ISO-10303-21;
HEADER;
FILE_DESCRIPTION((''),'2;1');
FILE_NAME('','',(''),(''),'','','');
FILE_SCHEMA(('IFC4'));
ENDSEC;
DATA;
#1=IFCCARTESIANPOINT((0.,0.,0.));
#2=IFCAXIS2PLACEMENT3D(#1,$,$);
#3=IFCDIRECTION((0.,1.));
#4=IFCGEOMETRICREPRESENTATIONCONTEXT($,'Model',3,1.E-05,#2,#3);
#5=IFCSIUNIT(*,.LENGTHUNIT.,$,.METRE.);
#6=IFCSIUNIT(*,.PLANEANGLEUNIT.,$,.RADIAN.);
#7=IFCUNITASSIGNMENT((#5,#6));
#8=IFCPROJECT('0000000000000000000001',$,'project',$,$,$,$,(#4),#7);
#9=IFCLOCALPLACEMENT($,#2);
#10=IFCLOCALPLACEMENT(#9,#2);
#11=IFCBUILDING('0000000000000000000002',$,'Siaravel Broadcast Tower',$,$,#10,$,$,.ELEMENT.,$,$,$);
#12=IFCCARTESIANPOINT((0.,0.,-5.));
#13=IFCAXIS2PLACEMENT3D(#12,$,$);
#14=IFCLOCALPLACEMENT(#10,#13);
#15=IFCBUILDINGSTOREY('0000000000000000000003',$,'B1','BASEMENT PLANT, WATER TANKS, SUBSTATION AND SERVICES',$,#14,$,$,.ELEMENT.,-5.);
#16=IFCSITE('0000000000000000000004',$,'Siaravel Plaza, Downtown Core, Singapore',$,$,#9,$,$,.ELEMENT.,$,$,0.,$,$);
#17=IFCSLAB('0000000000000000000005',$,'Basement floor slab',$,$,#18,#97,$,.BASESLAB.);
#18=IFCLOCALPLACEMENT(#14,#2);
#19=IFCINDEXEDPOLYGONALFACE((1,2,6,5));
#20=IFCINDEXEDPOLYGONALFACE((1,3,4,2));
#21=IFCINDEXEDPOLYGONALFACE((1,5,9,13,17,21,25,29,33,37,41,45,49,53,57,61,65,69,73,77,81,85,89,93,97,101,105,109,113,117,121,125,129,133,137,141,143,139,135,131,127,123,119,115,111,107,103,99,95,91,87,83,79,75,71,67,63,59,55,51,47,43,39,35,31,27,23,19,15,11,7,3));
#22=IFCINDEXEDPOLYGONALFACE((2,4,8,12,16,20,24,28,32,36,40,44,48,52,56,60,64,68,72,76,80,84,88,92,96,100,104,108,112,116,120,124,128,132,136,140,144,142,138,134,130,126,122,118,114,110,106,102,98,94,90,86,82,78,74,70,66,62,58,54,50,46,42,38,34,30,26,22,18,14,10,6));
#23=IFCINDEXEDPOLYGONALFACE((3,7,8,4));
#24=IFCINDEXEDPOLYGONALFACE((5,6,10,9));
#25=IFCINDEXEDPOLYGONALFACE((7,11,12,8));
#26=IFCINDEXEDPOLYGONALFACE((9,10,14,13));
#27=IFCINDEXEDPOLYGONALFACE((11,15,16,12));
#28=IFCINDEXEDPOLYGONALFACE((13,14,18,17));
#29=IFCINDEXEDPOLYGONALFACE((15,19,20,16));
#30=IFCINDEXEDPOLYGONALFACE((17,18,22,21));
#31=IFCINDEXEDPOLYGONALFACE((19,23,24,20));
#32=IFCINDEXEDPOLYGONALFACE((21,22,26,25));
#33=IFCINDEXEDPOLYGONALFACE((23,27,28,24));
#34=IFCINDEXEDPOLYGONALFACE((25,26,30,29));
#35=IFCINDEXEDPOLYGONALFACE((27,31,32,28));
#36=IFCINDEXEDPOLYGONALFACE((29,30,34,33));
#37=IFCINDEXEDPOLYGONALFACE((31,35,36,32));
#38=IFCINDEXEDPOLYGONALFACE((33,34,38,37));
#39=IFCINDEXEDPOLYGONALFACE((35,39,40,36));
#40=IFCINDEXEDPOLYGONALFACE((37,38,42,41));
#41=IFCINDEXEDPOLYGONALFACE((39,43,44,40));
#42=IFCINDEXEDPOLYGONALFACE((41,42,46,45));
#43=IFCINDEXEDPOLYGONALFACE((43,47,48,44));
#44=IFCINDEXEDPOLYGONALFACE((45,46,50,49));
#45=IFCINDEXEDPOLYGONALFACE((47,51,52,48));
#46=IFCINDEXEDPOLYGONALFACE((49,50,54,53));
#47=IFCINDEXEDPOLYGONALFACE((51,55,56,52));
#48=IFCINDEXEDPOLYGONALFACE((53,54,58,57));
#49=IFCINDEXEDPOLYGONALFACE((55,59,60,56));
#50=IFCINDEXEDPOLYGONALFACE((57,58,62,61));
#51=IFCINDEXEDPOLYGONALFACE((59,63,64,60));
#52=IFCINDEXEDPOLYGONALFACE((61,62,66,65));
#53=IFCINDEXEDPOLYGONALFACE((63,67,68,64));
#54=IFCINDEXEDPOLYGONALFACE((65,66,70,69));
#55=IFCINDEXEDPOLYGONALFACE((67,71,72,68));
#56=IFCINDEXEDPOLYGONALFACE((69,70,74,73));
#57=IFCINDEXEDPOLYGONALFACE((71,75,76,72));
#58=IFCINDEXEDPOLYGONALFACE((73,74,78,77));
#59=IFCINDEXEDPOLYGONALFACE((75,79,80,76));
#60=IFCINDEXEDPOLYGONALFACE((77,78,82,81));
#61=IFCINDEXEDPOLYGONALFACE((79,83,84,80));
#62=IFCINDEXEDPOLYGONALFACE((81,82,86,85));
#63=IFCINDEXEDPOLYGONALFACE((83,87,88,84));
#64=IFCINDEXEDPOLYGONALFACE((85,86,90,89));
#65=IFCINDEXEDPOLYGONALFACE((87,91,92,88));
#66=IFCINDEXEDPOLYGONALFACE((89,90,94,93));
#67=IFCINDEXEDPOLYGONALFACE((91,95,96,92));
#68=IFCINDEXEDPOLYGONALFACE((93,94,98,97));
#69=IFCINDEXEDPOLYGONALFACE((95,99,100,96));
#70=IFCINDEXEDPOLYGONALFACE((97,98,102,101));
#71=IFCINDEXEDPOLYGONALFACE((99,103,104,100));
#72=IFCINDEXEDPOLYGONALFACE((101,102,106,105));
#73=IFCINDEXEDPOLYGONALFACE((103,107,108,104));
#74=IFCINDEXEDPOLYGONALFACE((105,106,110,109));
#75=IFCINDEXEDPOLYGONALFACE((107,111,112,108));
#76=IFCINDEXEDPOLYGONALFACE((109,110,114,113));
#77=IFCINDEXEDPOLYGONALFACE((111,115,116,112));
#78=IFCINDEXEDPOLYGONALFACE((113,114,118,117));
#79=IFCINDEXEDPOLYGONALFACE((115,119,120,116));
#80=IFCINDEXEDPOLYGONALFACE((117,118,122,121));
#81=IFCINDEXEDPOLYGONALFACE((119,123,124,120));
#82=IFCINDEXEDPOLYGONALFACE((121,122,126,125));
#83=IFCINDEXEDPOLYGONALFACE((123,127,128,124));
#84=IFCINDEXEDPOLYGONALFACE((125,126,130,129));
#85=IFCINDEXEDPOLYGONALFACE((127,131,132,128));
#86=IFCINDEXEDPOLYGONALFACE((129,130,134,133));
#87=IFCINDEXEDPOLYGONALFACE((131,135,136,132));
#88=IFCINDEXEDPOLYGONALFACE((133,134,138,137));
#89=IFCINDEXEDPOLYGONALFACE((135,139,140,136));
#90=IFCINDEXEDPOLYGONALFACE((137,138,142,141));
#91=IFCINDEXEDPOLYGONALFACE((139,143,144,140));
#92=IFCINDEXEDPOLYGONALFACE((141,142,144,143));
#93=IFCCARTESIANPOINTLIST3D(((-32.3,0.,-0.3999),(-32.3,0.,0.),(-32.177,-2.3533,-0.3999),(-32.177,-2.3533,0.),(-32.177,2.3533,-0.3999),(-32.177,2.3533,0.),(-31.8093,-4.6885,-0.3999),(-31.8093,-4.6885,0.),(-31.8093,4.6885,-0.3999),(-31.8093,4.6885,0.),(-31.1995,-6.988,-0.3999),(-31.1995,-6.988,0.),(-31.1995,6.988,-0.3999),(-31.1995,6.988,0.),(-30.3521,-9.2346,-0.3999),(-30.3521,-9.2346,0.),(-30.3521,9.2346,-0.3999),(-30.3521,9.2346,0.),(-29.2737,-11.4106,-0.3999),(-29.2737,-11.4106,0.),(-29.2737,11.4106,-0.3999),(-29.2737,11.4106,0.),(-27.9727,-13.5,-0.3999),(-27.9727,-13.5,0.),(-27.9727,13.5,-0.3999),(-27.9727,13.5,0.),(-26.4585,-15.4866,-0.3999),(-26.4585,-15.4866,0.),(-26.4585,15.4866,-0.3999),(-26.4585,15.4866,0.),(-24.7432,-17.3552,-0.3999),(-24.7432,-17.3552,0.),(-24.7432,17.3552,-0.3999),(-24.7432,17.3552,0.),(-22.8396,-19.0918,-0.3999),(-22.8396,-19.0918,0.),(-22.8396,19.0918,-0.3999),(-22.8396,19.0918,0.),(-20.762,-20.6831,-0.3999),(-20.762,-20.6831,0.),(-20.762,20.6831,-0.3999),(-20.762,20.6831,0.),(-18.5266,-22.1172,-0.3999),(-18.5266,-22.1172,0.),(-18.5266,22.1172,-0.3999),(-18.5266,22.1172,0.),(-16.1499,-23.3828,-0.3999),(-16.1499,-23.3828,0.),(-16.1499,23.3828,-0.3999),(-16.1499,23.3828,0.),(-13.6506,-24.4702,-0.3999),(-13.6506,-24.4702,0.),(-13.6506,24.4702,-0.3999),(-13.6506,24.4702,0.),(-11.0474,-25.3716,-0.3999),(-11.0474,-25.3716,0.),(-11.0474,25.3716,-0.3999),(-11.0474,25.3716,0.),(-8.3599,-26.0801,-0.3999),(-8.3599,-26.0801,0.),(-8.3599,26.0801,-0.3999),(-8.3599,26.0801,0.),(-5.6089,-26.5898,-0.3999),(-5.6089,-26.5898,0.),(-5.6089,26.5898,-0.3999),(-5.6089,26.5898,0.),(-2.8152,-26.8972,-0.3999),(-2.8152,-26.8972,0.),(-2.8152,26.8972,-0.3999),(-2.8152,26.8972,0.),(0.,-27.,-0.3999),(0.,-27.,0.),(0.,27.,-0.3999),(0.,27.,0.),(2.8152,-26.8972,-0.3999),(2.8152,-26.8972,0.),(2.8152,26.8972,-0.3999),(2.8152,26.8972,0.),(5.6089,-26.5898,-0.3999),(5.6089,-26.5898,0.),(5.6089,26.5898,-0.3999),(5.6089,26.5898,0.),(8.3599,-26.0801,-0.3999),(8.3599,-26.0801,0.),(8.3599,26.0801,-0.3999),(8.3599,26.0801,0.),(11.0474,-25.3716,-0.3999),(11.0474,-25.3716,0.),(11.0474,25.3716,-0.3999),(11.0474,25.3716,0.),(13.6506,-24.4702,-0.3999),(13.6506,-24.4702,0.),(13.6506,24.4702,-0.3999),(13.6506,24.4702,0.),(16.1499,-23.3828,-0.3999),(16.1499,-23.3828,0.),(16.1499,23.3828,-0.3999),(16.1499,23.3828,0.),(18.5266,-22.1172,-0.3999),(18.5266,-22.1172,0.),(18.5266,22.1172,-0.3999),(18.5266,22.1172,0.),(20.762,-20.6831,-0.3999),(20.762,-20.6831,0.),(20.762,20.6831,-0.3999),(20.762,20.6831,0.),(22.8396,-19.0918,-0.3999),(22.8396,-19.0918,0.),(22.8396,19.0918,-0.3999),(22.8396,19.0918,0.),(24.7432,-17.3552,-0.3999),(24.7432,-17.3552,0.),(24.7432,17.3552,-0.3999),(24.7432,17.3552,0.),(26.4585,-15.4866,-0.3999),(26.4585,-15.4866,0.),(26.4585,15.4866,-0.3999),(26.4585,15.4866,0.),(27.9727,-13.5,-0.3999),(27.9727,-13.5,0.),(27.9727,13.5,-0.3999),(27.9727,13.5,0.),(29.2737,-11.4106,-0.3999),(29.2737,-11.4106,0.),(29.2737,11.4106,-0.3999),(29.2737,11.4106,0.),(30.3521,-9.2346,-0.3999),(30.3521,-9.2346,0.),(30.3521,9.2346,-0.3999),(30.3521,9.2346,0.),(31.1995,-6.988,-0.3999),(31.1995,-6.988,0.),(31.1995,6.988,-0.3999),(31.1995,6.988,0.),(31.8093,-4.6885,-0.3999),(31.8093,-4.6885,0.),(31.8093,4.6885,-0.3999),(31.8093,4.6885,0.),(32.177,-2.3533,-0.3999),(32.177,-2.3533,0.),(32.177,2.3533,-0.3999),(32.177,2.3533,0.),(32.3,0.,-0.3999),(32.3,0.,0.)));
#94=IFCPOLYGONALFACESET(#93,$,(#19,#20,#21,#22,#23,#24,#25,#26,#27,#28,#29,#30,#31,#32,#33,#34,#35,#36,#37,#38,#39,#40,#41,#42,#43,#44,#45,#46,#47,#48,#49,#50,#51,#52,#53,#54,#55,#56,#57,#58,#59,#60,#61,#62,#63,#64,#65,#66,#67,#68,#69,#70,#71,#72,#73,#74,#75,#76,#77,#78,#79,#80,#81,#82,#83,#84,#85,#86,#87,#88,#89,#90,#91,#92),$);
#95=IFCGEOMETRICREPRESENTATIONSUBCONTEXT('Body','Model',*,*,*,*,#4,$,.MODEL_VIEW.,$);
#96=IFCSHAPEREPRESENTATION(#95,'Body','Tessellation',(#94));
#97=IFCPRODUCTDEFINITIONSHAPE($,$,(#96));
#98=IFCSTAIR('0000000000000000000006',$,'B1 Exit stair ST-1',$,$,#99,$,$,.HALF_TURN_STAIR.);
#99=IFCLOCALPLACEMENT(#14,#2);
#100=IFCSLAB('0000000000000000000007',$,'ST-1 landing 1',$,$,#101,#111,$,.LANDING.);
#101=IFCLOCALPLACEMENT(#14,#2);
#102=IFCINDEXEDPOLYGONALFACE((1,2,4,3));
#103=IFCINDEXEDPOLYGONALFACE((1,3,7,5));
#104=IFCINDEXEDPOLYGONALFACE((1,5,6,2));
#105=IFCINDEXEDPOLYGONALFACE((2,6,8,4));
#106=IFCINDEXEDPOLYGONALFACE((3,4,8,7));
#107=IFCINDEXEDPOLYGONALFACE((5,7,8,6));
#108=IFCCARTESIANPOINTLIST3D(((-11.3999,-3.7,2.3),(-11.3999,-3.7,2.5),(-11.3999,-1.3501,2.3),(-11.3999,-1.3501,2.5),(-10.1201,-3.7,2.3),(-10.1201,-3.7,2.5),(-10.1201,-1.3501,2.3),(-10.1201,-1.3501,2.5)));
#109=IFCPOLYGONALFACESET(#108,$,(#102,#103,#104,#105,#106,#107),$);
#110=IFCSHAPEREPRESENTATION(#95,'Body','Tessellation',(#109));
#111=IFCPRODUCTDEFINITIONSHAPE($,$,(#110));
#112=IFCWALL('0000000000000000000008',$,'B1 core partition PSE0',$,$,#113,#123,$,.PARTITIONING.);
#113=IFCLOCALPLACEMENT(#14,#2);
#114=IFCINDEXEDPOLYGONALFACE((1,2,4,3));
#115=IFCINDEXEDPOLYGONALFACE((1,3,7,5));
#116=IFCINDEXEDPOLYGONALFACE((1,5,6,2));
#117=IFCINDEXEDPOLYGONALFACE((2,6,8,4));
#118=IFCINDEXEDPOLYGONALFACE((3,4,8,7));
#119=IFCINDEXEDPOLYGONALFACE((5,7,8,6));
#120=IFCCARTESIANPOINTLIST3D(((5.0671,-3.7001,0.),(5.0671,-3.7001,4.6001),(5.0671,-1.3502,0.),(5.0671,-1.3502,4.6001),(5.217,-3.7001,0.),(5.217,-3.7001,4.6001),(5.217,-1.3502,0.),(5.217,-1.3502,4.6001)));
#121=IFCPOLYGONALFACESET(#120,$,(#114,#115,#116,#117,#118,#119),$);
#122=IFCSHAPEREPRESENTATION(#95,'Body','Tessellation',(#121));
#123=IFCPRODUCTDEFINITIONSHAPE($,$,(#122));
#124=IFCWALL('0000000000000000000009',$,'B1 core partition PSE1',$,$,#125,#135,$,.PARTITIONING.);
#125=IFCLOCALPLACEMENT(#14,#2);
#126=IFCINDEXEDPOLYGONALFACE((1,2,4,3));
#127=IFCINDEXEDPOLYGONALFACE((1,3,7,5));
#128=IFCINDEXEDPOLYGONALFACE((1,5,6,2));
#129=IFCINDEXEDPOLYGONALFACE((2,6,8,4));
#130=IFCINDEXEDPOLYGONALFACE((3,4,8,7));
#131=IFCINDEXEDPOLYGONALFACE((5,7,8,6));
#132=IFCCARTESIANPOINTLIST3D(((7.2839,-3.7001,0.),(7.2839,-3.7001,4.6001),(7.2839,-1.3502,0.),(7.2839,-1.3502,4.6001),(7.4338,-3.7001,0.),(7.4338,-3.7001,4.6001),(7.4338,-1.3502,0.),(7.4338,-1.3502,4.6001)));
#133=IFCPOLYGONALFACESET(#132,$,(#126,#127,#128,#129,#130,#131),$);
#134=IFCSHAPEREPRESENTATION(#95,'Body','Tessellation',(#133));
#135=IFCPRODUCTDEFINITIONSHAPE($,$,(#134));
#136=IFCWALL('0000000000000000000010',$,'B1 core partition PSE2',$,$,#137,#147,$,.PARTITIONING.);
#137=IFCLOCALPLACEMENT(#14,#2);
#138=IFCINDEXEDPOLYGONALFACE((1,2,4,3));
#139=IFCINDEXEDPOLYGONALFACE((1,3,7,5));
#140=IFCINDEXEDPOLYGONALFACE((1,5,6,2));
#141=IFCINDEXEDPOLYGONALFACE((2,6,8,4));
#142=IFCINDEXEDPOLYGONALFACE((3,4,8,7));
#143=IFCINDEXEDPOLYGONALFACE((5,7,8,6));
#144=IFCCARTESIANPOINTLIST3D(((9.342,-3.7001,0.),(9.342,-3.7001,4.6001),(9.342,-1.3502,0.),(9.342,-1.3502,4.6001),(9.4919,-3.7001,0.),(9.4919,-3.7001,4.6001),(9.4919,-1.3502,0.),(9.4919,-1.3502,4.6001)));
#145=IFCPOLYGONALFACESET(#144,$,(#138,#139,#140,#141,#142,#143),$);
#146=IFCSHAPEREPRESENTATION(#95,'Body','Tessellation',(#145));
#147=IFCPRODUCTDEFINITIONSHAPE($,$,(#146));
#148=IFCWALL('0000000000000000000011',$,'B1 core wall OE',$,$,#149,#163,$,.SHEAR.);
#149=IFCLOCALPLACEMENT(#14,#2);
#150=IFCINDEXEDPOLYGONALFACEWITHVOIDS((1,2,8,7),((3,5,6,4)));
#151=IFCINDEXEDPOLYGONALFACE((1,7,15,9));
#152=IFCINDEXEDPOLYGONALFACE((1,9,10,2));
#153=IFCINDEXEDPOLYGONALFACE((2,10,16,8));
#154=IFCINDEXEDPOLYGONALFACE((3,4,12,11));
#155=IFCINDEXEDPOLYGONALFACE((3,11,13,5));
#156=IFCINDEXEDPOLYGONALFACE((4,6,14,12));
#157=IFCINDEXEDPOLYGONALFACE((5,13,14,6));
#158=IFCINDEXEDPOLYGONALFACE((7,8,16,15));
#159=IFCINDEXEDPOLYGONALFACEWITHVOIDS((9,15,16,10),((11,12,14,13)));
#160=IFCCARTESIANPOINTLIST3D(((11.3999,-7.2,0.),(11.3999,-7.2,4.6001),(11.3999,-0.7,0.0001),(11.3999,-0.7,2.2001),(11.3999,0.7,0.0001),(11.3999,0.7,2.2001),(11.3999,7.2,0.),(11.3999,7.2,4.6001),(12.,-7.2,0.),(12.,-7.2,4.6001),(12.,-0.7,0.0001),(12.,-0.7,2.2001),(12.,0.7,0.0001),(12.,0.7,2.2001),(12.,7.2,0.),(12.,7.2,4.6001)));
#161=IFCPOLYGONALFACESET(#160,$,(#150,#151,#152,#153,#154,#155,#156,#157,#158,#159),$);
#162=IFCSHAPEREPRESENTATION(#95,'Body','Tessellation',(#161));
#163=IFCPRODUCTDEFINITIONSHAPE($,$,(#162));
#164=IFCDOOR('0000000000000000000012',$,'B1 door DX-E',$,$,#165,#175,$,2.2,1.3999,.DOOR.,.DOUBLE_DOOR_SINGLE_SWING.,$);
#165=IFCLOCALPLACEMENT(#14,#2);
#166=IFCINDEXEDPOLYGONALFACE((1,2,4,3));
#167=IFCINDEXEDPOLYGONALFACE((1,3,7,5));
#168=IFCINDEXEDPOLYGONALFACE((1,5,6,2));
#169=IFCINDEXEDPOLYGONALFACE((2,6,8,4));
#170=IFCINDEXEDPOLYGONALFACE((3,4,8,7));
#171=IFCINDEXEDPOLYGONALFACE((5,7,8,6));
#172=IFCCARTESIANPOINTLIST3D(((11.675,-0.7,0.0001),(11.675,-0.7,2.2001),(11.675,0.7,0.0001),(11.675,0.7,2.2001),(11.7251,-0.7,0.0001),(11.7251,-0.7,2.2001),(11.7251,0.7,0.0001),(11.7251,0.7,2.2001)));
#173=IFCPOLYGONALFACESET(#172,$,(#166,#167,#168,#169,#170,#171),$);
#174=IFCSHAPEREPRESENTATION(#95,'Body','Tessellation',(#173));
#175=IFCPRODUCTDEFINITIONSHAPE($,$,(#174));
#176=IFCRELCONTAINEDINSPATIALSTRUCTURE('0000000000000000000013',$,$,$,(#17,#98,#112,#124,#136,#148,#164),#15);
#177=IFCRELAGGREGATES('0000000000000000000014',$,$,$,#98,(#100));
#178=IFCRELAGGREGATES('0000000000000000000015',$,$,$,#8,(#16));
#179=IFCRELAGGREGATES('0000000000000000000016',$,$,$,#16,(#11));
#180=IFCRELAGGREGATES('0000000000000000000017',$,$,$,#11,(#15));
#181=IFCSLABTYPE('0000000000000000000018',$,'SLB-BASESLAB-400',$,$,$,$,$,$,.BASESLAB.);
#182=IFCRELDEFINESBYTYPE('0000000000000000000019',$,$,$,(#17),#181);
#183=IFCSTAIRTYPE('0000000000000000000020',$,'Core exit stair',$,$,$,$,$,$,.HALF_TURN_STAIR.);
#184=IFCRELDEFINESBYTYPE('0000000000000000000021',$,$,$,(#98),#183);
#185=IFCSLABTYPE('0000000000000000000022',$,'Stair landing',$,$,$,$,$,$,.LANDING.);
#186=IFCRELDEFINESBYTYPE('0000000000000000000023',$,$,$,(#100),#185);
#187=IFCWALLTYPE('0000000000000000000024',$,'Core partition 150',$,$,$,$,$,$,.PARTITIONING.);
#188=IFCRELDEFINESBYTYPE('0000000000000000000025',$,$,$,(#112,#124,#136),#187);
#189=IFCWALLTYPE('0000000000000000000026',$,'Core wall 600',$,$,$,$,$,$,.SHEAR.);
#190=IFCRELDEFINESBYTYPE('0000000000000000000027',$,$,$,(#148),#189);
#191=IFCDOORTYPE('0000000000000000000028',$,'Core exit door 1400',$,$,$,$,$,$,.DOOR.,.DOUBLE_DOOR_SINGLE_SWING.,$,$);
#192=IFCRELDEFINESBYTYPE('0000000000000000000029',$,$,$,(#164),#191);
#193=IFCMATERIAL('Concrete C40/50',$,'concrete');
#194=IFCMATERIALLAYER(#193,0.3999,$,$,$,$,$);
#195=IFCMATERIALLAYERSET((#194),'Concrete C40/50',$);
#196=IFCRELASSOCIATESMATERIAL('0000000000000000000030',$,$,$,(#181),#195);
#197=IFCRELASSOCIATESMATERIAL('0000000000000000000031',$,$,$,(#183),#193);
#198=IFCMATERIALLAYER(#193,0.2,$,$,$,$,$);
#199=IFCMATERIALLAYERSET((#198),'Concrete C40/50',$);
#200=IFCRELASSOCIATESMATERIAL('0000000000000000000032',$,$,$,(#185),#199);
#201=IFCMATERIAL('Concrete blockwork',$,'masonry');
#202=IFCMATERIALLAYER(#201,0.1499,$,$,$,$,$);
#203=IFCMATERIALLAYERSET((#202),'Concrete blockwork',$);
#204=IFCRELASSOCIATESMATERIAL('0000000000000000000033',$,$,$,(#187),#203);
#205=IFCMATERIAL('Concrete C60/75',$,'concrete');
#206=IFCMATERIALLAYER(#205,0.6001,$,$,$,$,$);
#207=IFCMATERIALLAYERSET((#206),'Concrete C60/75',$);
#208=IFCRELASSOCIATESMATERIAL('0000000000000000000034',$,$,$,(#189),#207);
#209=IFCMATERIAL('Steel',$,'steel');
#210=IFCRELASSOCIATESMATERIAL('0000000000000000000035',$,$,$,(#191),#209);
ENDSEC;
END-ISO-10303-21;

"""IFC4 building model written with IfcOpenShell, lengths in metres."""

from ifc_helpers import new_model, si_unit, direction, frame, frame_2d, origin, place, context, subcontext, project, spatial, polyline, rectangle, outline, extrude, material, layer, layer_set, type_object, element, fill, aggregate, save


model = new_model("IFC4")

# Units and contexts
model_context = context("Model", 3, precision=1e-05, world=origin(), true_north=direction((0.0, 1.0)))
body_context = subcontext(model_context, "Body", "Model", "MODEL_VIEW")
ifc_project = project(units=[si_unit("LENGTHUNIT", "METRE"), si_unit("PLANEANGLEUNIT", "RADIAN")], contexts=[model_context])

# Site, building, storey
site_placement = place(None, origin())
site = spatial("IfcSite", under=ifc_project, at=site_placement, Name="Siaravel Plaza, Downtown Core, Singapore", CompositionType="ELEMENT", RefElevation=0.0)
building_placement = place(site_placement, origin())
building = spatial("IfcBuilding", under=site, at=building_placement, Name="Siaravel Broadcast Tower", CompositionType="ELEMENT")
storey_placement = place(building_placement, frame((0.0, 0.0, -5.0)))
storey = spatial("IfcBuildingStorey", under=building, at=storey_placement, Name="B1", Description="BASEMENT PLANT, WATER TANKS, SUBSTATION AND SERVICES", CompositionType="ELEMENT", Elevation=-5.0)

# Shared definitions
ifc_material_1 = material(Name="Concrete C40/50", Category="concrete")

# Slab
ifc_layer_1 = layer(ifc_material_1, 0.3999)
ifc_layer_set_1 = layer_set([ifc_layer_1], Name="Concrete C40/50")
slab_type_1 = type_object("IfcSlabType", Name="SLB-BASESLAB-400", PredefinedType="BASESLAB", material=ifc_layer_set_1)
slab_1_placement = place(storey_placement, frame((0.0, 0.0, -0.3999)))
element("IfcSlab", 1, at=slab_1_placement, inside=storey, type_object=slab_type_1, Name="Basement floor slab", PredefinedType="BASESLAB", context=body_context, shape_type="SweptSolid", body=[
    extrude(outline(polyline([(32.3, 0.0), (32.177, 2.3533), (31.8093, 4.6885), (31.1995, 6.988), (30.3521, 9.2346), (29.2737, 11.4106), (27.9727, 13.5), (26.4585, 15.4866), (24.7432, 17.3552), (22.8396, 19.0918), (20.762, 20.6831), (18.5266, 22.1172), (16.1499, 23.3828), (13.6506, 24.4702), (11.0474, 25.3716), (8.3599, 26.0801), (5.6089, 26.5898), (2.8152, 26.8972), (0.0, 27.0), (-2.8152, 26.8972), (-5.6089, 26.5898), (-8.3599, 26.0801), (-11.0474, 25.3716), (-13.6506, 24.4702), (-16.1499, 23.3828), (-18.5266, 22.1172), (-20.762, 20.6831), (-22.8396, 19.0918), (-24.7432, 17.3552), (-26.4585, 15.4866), (-27.9727, 13.5), (-29.2737, 11.4106), (-30.3521, 9.2346), (-31.1995, 6.988), (-31.8093, 4.6885), (-32.177, 2.3533), (-32.3, 0.0), (-32.177, -2.3533), (-31.8093, -4.6885), (-31.1995, -6.988), (-30.3521, -9.2346), (-29.2737, -11.4106), (-27.9727, -13.5), (-26.4585, -15.4866), (-24.7432, -17.3552), (-22.8396, -19.0918), (-20.762, -20.6831), (-18.5266, -22.1172), (-16.1499, -23.3828), (-13.6506, -24.4702), (-11.0474, -25.3716), (-8.3599, -26.0801), (-5.6089, -26.5898), (-2.8152, -26.8972), (0.0, -27.0), (2.8152, -26.8972), (5.6089, -26.5898), (8.3599, -26.0801), (11.0474, -25.3716), (13.6506, -24.4702), (16.1499, -23.3828), (18.5266, -22.1172), (20.762, -20.6831), (22.8396, -19.0918), (24.7432, -17.3552), (26.4585, -15.4866), (27.9727, -13.5), (29.2737, -11.4106), (30.3521, -9.2346), (31.1995, -6.988), (31.8093, -4.6885), (32.177, -2.3533), (32.3, 0.0)])), origin(), (0.0, 0.0, 1.0), 0.3999),
])

# Stair, slab
stair_type = type_object("IfcStairType", Name="Core exit stair", PredefinedType="HALF_TURN_STAIR", material=ifc_material_1)
stair_placement = place(storey_placement, origin())
stair = element("IfcStair", 2, at=stair_placement, inside=storey, type_object=stair_type, Name="B1 Exit stair ST-1", PredefinedType="HALF_TURN_STAIR")
ifc_layer_2 = layer(ifc_material_1, 0.2)
ifc_layer_set_2 = layer_set([ifc_layer_2], Name="Concrete C40/50")
slab_type_2 = type_object("IfcSlabType", Name="Stair landing", PredefinedType="LANDING", material=ifc_layer_set_2)
slab_2_placement = place(storey_placement, frame((0.0, 0.0, 2.3)))
slab_2 = element("IfcSlab", 3, at=slab_2_placement, type_object=slab_type_2, Name="ST-1 landing 1", PredefinedType="LANDING", context=body_context, shape_type="SweptSolid", body=[
    extrude(outline(polyline([(-10.1201, -1.3501), (-11.3999, -1.3501), (-11.3999, -3.7), (-10.1201, -3.7), (-10.1201, -1.3501)])), origin(), (0.0, 0.0, 1.0), 0.2),
])
aggregate(stair, [slab_2])

# Walls
ifc_material_2 = material(Name="Concrete blockwork", Category="masonry")
ifc_layer_3 = layer(ifc_material_2, 0.1499)
ifc_layer_set_3 = layer_set([ifc_layer_3], Name="Concrete blockwork")
wall_type_1 = type_object("IfcWallType", Name="Core partition 150", PredefinedType="PARTITIONING", material=ifc_layer_set_3)
for number, where, z_axis, x_axis, name in (
    (4, (5.1421, -3.7, 0.0), (0.0, 0.0, 1.0), (0.0, 1.0, 0.0), "B1 core partition PSE0"),
    (5, (7.3589, -3.7, 0.0), (0.0, 0.0, 1.0), (0.0, 1.0, 0.0), "B1 core partition PSE1"),
    (6, (9.417, -3.7, 0.0), (0.0, 0.0, 1.0), (0.0, 1.0, 0.0), "B1 core partition PSE2"),
):
    element("IfcWall", number, at=place(storey_placement, frame(where, z_axis=z_axis, x_axis=x_axis)), inside=storey, type_object=wall_type_1, Name=name, PredefinedType="PARTITIONING", context=body_context, shape_type="SweptSolid", body=[
        extrude(rectangle(XDim=2.3499, YDim=0.1499, at=frame_2d((1.1748, 0.0))), origin(), (0.0, 0.0, 1.0), 4.6001),
    ])

# Wall, opening, door
ifc_material_3 = material(Name="Concrete C60/75", Category="concrete")
ifc_layer_4 = layer(ifc_material_3, 0.6001)
ifc_layer_set_4 = layer_set([ifc_layer_4], Name="Concrete C60/75")
wall_type_2 = type_object("IfcWallType", Name="Core wall 600", PredefinedType="SHEAR", material=ifc_layer_set_4)
wall_1_placement = place(storey_placement, frame((11.7, -7.2, 0.0), z_axis=(0.0, 0.0, 1.0), x_axis=(0.0, 1.0, 0.0)))
wall_1 = element("IfcWall", 7, at=wall_1_placement, inside=storey, type_object=wall_type_2, Name="B1 core wall OE", PredefinedType="SHEAR", context=body_context, shape_type="SweptSolid", body=[
    extrude(rectangle(XDim=14.3999, YDim=0.6001, at=frame_2d((7.2, 0.0))), origin(), (0.0, 0.0, 1.0), 4.6001),
])
opening_1_placement = place(wall_1_placement, frame((6.5, 0.0, 0.0)))
opening_1 = element("IfcOpeningElement", 8, at=opening_1_placement, cuts=wall_1, PredefinedType="OPENING", context=body_context, shape_type="SweptSolid", body=[
    extrude(rectangle(XDim=1.3999, YDim=2.2, at=frame_2d((0.7, 1.1001))), frame((0.0, 0.3101, 0.0), z_axis=(0.0, -1.0, 0.0), x_axis=(1.0, 0.0, 0.0)), (0.0, 0.0, 1.0), 0.6201),
])
ifc_material_4 = material(Name="Steel", Category="steel")
door_type_1 = type_object("IfcDoorType", Name="Core exit door 1400", OperationType="DOUBLE_DOOR_SINGLE_SWING", PredefinedType="DOOR", material=ifc_material_4)
door_1_placement = place(opening_1_placement, origin())
door_1 = element("IfcDoor", 9, at=door_1_placement, inside=storey, type_object=door_type_1, Name="B1 door DX-E", OperationType="DOUBLE_DOOR_SINGLE_SWING", OverallHeight=2.2, OverallWidth=1.3999, PredefinedType="DOOR", context=body_context, shape_type="SweptSolid", body=[
    extrude(rectangle(XDim=1.3999, YDim=2.2, at=frame_2d((0.7, 1.1001))), frame((0.0, 0.0249, 0.0), z_axis=(0.0, -1.0, 0.0), x_axis=(1.0, 0.0, 0.0)), (0.0, 0.0, 1.0), 0.05),
])
fill(opening_1, door_1)

save(model, "model.ifc")
